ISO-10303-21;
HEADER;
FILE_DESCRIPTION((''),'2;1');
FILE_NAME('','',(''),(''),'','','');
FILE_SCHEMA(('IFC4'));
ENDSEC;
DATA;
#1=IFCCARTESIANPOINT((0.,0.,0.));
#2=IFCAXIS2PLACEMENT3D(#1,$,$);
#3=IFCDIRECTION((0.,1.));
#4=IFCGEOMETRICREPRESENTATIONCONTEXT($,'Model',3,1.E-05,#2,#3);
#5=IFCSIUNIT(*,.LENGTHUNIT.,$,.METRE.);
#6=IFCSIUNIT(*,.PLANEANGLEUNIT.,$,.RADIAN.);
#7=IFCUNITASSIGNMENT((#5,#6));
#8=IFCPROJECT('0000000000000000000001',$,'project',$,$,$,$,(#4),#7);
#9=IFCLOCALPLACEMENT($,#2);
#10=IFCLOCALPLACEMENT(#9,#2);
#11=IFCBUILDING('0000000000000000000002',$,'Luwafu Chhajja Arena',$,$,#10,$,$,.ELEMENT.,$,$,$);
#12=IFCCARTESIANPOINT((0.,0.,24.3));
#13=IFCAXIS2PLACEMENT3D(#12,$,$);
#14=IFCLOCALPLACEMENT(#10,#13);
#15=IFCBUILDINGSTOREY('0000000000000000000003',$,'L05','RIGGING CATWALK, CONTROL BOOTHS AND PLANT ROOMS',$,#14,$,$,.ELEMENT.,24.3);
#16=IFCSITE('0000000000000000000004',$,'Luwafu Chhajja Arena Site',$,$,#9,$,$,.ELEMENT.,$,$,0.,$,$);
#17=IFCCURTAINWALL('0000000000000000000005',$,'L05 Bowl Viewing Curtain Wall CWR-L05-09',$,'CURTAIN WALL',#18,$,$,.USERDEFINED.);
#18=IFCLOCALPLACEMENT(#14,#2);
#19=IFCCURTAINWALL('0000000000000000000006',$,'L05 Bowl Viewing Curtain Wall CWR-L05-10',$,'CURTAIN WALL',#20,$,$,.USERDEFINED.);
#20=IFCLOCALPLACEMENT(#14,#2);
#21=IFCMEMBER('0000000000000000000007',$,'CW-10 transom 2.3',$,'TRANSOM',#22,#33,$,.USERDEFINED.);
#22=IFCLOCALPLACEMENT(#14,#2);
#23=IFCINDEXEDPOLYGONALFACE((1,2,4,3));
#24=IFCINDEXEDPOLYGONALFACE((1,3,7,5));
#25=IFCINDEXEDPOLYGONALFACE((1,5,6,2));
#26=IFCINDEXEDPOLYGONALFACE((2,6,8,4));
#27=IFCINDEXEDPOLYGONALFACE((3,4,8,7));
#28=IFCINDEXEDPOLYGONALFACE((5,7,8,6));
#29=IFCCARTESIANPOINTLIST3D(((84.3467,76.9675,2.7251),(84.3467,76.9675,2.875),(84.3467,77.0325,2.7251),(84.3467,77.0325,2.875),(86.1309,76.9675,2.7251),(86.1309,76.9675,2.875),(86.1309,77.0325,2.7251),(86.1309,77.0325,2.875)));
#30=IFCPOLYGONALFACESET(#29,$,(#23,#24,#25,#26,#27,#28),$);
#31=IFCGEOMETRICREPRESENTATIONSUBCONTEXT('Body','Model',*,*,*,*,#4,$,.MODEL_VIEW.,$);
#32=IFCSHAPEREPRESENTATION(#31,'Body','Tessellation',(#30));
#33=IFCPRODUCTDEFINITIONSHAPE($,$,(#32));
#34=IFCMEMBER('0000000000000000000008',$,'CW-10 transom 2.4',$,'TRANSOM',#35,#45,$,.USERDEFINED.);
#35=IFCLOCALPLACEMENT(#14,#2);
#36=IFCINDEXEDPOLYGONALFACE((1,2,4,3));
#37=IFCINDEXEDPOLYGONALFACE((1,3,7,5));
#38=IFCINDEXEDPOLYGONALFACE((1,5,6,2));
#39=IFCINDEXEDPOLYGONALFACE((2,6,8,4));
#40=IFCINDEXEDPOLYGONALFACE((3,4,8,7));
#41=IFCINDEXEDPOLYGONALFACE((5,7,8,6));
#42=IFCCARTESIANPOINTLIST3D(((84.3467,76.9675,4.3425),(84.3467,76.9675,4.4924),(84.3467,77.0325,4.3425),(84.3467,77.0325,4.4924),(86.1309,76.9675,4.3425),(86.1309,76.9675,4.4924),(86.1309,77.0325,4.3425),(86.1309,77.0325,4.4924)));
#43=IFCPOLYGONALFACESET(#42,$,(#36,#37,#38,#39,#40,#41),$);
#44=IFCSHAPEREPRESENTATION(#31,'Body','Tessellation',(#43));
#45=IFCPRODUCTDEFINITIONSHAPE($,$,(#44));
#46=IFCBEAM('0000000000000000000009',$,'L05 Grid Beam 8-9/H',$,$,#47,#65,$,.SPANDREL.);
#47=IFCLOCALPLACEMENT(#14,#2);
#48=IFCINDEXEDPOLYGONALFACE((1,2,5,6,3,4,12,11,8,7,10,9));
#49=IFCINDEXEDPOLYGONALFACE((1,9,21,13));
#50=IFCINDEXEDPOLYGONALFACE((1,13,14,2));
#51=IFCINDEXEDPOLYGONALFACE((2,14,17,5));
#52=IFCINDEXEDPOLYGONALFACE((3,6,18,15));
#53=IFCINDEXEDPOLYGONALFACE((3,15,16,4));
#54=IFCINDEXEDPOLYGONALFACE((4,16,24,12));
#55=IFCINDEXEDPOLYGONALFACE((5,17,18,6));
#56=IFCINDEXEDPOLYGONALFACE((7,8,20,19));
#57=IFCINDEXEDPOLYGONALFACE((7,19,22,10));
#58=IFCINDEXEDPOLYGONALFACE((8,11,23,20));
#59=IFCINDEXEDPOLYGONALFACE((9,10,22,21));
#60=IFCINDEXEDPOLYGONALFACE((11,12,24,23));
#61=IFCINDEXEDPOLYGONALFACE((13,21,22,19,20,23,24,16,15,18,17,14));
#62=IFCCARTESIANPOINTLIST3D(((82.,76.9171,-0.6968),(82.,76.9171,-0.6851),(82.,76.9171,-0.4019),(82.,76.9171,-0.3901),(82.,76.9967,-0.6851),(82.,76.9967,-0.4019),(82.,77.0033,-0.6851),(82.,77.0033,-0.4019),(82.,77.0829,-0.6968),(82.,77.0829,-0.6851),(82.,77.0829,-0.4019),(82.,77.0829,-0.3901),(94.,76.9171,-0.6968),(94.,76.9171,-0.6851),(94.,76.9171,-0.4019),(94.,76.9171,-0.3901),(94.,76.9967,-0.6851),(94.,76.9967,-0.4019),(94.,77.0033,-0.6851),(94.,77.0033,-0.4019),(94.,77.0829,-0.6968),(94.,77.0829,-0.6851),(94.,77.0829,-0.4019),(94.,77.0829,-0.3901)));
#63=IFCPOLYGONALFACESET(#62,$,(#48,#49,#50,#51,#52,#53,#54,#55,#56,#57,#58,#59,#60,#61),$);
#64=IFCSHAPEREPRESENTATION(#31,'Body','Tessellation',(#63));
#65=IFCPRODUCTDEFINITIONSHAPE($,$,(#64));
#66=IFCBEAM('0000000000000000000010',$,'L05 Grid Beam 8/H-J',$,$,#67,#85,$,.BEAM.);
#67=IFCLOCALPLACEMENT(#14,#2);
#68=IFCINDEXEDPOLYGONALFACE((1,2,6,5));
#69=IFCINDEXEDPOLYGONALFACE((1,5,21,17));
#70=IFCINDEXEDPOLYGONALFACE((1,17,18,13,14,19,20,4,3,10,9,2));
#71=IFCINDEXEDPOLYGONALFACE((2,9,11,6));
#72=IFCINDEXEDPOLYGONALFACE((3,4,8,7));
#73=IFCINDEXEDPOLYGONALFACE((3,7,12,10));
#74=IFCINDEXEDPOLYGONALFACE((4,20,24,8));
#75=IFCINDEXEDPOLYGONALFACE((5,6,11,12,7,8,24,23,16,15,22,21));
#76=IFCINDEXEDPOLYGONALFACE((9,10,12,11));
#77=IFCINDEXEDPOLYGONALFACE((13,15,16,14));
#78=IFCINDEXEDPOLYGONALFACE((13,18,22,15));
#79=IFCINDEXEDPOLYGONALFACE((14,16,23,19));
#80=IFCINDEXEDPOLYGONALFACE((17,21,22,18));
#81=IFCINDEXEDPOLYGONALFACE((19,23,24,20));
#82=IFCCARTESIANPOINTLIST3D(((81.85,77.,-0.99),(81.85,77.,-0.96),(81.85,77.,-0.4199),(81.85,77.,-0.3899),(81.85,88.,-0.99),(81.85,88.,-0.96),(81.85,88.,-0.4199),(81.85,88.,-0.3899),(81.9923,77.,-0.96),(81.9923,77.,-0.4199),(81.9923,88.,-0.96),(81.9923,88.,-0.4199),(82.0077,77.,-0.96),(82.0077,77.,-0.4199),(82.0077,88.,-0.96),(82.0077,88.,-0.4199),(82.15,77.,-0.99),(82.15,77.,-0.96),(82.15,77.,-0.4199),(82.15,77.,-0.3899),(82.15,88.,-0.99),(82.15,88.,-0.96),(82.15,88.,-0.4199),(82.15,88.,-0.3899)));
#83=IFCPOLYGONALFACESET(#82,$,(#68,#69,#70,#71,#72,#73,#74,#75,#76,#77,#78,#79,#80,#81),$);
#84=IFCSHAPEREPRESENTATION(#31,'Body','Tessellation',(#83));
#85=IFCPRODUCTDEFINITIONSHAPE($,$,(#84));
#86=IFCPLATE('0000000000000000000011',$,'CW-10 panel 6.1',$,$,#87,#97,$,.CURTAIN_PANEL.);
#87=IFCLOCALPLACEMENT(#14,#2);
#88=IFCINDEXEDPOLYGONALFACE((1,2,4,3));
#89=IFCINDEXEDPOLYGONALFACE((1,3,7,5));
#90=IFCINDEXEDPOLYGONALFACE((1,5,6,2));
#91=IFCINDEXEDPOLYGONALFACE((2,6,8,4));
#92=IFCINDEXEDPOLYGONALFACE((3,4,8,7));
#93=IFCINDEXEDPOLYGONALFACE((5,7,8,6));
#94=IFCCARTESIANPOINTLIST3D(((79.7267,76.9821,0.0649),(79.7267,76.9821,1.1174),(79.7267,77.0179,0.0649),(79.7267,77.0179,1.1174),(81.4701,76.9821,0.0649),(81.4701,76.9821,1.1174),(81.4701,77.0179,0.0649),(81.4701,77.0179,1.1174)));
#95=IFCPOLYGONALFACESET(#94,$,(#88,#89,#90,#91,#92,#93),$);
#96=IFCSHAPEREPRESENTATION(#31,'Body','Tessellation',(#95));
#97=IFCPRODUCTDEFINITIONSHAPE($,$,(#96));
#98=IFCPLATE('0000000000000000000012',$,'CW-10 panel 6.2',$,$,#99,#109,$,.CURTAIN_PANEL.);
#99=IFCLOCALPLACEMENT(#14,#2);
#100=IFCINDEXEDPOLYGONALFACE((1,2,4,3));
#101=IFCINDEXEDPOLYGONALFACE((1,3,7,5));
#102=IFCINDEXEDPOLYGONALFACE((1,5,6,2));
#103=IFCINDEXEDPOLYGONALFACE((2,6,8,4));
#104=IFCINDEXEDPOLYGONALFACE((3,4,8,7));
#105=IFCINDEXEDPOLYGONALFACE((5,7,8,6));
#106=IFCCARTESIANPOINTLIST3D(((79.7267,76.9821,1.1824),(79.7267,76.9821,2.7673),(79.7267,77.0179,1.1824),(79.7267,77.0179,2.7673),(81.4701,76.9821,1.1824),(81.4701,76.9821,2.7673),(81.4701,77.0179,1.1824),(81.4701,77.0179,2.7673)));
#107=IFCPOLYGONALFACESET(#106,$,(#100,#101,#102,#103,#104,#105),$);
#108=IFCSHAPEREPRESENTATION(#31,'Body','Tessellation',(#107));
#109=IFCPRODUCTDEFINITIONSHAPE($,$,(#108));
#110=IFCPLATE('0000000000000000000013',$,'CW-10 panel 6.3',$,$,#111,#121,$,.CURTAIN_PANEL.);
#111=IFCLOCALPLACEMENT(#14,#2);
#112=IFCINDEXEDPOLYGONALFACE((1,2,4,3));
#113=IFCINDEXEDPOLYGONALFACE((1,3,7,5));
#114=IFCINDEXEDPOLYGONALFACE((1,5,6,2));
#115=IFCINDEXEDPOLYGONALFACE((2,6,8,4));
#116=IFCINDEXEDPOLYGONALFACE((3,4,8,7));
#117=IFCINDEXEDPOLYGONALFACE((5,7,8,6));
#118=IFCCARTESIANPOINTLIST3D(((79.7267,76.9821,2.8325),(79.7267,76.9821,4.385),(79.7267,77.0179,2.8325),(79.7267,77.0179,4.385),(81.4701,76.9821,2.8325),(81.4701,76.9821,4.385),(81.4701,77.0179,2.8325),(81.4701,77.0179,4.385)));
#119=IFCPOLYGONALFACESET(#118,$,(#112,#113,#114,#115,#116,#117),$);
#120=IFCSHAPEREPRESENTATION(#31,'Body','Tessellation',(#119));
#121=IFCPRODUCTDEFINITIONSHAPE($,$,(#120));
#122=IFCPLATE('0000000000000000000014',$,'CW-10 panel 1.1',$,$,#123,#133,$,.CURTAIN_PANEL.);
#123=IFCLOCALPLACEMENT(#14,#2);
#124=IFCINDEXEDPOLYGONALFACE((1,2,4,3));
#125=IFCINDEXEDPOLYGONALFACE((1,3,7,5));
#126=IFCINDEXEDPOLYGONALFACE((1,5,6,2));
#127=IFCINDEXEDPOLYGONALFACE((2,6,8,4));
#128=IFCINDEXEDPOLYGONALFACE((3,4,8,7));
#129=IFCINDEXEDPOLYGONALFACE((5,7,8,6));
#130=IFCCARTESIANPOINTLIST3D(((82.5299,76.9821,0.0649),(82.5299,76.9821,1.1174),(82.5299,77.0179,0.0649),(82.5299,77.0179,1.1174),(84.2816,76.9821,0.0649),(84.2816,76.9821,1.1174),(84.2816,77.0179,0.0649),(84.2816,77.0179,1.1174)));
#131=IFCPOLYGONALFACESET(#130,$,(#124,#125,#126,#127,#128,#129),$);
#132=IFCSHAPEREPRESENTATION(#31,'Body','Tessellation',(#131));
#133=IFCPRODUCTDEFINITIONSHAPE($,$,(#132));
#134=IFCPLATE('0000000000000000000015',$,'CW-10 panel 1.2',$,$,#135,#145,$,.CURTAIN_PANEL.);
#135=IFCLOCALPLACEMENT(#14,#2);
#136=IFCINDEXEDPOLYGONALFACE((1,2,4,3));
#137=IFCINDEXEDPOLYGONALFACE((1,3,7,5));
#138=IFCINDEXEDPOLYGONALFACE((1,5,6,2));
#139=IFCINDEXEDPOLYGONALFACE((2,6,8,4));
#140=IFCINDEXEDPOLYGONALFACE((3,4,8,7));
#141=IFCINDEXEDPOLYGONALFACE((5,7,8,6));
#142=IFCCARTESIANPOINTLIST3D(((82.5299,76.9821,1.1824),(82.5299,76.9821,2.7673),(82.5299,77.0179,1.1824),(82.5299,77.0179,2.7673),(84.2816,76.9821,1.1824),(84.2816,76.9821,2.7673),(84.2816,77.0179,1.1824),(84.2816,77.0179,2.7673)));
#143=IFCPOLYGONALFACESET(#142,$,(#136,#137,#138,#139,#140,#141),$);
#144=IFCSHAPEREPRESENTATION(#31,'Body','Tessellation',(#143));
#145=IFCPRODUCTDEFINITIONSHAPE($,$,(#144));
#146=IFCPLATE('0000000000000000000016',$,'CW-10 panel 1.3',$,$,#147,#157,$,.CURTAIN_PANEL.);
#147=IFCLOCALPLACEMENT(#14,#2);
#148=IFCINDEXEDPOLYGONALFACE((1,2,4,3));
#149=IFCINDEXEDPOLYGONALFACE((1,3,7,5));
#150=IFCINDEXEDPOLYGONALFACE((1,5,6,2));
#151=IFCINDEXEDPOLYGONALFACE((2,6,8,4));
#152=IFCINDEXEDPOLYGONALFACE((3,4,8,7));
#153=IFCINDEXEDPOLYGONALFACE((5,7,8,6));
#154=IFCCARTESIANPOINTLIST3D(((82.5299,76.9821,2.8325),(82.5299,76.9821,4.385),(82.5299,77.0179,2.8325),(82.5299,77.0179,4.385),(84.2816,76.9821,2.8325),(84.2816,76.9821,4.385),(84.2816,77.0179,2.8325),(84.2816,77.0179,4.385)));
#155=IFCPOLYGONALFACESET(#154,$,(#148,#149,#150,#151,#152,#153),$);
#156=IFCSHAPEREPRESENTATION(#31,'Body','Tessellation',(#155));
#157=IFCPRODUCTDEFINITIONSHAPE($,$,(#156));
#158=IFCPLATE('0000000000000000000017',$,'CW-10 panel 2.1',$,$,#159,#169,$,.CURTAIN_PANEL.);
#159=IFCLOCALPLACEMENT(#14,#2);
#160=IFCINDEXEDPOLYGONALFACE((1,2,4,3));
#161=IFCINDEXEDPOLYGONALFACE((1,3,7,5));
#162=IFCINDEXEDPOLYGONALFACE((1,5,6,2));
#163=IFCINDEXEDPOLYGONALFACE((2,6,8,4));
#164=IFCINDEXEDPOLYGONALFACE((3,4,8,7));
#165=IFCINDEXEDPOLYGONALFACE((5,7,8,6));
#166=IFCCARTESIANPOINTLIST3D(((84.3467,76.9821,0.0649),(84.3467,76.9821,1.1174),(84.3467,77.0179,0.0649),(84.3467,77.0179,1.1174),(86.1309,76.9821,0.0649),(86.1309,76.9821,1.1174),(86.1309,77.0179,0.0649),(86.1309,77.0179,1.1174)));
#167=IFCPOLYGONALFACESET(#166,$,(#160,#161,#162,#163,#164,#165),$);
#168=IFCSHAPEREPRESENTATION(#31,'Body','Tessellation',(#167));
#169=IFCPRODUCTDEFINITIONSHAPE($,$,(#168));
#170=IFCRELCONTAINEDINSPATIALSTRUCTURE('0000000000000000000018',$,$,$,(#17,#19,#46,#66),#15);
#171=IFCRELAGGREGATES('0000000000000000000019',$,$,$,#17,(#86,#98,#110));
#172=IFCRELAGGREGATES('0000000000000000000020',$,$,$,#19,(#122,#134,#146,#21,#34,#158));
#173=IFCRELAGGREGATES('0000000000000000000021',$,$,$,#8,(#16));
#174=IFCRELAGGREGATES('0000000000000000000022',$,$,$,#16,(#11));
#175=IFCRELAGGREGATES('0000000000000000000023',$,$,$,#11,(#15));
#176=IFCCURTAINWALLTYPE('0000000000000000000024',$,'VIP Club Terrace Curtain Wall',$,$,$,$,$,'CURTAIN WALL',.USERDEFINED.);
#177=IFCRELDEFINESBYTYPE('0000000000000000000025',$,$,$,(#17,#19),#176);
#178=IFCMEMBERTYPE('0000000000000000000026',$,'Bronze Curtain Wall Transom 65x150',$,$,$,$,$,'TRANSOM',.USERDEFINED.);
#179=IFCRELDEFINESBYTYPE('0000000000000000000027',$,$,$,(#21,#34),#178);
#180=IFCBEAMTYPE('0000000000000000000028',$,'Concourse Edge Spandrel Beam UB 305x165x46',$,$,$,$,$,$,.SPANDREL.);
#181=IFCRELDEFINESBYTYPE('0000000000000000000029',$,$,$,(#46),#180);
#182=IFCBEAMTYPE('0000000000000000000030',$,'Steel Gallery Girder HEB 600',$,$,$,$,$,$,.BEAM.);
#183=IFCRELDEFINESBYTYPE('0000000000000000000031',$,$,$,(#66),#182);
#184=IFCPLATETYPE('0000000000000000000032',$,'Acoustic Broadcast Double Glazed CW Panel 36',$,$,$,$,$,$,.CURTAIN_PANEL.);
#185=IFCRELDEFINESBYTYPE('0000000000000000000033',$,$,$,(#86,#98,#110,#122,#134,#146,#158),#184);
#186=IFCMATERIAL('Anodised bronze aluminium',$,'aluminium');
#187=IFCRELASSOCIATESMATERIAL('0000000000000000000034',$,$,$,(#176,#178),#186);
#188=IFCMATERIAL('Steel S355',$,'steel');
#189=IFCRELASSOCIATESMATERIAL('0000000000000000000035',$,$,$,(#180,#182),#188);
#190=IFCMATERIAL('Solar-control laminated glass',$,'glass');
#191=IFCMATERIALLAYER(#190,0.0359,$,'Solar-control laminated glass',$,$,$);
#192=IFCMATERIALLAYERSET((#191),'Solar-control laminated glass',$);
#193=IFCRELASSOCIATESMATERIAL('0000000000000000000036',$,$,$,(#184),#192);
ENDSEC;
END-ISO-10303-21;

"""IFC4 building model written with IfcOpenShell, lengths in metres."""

from ifc_helpers import new_model, si_unit, direction, frame, origin, origin_2d, place, context, subcontext, project, spatial, rectangle, i_section, extrude, material, layer, layer_set, material_profile, profile_set, type_object, element, aggregate, save


model = new_model("IFC4")

# Units and contexts
model_context = context("Model", 3, precision=1e-05, world=origin(), true_north=direction((0.0, 1.0)))
body_context = subcontext(model_context, "Body", "Model", "MODEL_VIEW")
ifc_project = project(units=[si_unit("LENGTHUNIT", "METRE"), si_unit("PLANEANGLEUNIT", "RADIAN")], contexts=[model_context])

# Site, building, storey
site_placement = place(None, origin())
site = spatial("IfcSite", under=ifc_project, at=site_placement, Name="Luwafu Chhajja Arena Site", CompositionType="ELEMENT", RefElevation=0.0)
building_placement = place(site_placement, origin())
building = spatial("IfcBuilding", under=site, at=building_placement, Name="Luwafu Chhajja Arena", CompositionType="ELEMENT")
storey_placement = place(building_placement, frame((0.0, 0.0, 24.3)))
storey = spatial("IfcBuildingStorey", under=building, at=storey_placement, Name="L05", Description="RIGGING CATWALK, CONTROL BOOTHS AND PLANT ROOMS", CompositionType="ELEMENT", Elevation=24.3)

# Curtain wall
ifc_material_1 = material(Name="Anodised bronze aluminium", Category="aluminium")
curtain_wall_type = type_object("IfcCurtainWallType", Name="VIP Club Terrace Curtain Wall", ElementType="CURTAIN WALL", PredefinedType="USERDEFINED", material=ifc_material_1)
curtain_wall_1_placement = place(storey_placement, origin())
curtain_wall_1 = element("IfcCurtainWall", 1, at=curtain_wall_1_placement, inside=storey, type_object=curtain_wall_type, Name="L05 Bowl Viewing Curtain Wall CWR-L05-09", ObjectType="CURTAIN WALL", PredefinedType="USERDEFINED")

# Curtain wall
curtain_wall_2_placement = place(storey_placement, origin())
curtain_wall_2 = element("IfcCurtainWall", 2, at=curtain_wall_2_placement, inside=storey, type_object=curtain_wall_type, Name="L05 Bowl Viewing Curtain Wall CWR-L05-10", ObjectType="CURTAIN WALL", PredefinedType="USERDEFINED")

# Members
ifc_material_profile_1 = material_profile(ifc_material_1, rectangle(XDim=0.0649, YDim=0.1499, at=origin_2d()), Name="CWT 65x150")
ifc_profile_set_1 = profile_set([ifc_material_profile_1], Name="Anodised bronze aluminium")
member_type_1 = type_object("IfcMemberType", Name="Bronze Curtain Wall Transom 65x150", ElementType="TRANSOM", PredefinedType="USERDEFINED", material=ifc_profile_set_1)
member_1_placement = place(storey_placement, frame((84.3467, 77.0, 2.8), z_axis=(1.0, 0.0, 0.0), x_axis=(0.0, 1.0, 0.0)))
member_1 = element("IfcMember", 3, at=member_1_placement, type_object=member_type_1, Name="CW-10 transom 2.3", ObjectType="TRANSOM", PredefinedType="USERDEFINED", context=body_context, shape_type="SweptSolid", body=[
    extrude(rectangle(XDim=0.0649, YDim=0.1499, at=origin_2d()), origin(), (0.0, 0.0, 1.0), 1.7842),
])
member_2_placement = place(storey_placement, frame((84.3467, 77.0, 4.4175), z_axis=(1.0, 0.0, 0.0), x_axis=(0.0, 1.0, 0.0)))
member_2 = element("IfcMember", 4, at=member_2_placement, type_object=member_type_1, Name="CW-10 transom 2.4", ObjectType="TRANSOM", PredefinedType="USERDEFINED", context=body_context, shape_type="SweptSolid", body=[
    extrude(rectangle(XDim=0.0649, YDim=0.1499, at=origin_2d()), origin(), (0.0, 0.0, 1.0), 1.7842),
])

# Beams
ifc_material_2 = material(Name="Steel S355", Category="steel")
ifc_material_profile_2 = material_profile(ifc_material_2, i_section(OverallWidth=0.1658, OverallDepth=0.3066, WebThickness=0.0066, FlangeThickness=0.0117, at=origin_2d()), Name="UB 305x165x46")
ifc_profile_set_2 = profile_set([ifc_material_profile_2], Name="Steel S355")
beam_type_1 = type_object("IfcBeamType", Name="Concourse Edge Spandrel Beam UB 305x165x46", PredefinedType="SPANDREL", material=ifc_profile_set_2)
beam_1_placement = place(storey_placement, frame((82.0, 77.0, -0.5435), z_axis=(1.0, 0.0, 0.0), x_axis=(0.0, 1.0, 0.0)))
element("IfcBeam", 5, at=beam_1_placement, inside=storey, type_object=beam_type_1, Name="L05 Grid Beam 8-9/H", PredefinedType="SPANDREL", context=body_context, shape_type="SweptSolid", body=[
    extrude(i_section(OverallWidth=0.1658, OverallDepth=0.3066, WebThickness=0.0066, FlangeThickness=0.0117, at=origin_2d()), origin(), (0.0, 0.0, 1.0), 12.0),
])
ifc_material_profile_3 = material_profile(ifc_material_2, i_section(OverallWidth=0.3, OverallDepth=0.6001, WebThickness=0.0154, FlangeThickness=0.03, at=origin_2d()), Name="HEB 600")
ifc_profile_set_3 = profile_set([ifc_material_profile_3], Name="Steel S355")
beam_type_2 = type_object("IfcBeamType", Name="Steel Gallery Girder HEB 600", PredefinedType="BEAM", material=ifc_profile_set_3)
beam_2_placement = place(storey_placement, frame((82.0, 77.0, -0.6899), z_axis=(0.0, 1.0, 0.0), x_axis=(-1.0, 0.0, 0.0)))
element("IfcBeam", 6, at=beam_2_placement, inside=storey, type_object=beam_type_2, Name="L05 Grid Beam 8/H-J", PredefinedType="BEAM", context=body_context, shape_type="SweptSolid", body=[
    extrude(i_section(OverallWidth=0.3, OverallDepth=0.6001, WebThickness=0.0154, FlangeThickness=0.03, at=origin_2d()), origin(), (0.0, 0.0, 1.0), 11.0),
])

# Plates
ifc_material_3 = material(Name="Solar-control laminated glass", Category="glass")
ifc_layer = layer(ifc_material_3, 0.0359, Name="Solar-control laminated glass")
ifc_layer_set = layer_set([ifc_layer], Name="Solar-control laminated glass")
plate_type = type_object("IfcPlateType", Name="Acoustic Broadcast Double Glazed CW Panel 36", PredefinedType="CURTAIN_PANEL", material=ifc_layer_set)
plate_1_placement = place(storey_placement, frame((80.5984, 77.0, 0.0649), z_axis=(0.0, 0.0, 1.0), x_axis=(1.0, 0.0, 0.0)))
plate_1 = element("IfcPlate", 7, at=plate_1_placement, type_object=plate_type, Name="CW-10 panel 6.1", PredefinedType="CURTAIN_PANEL", context=body_context, shape_type="SweptSolid", body=[
    extrude(rectangle(XDim=1.7434, YDim=0.0359, at=origin_2d()), origin(), (0.0, 0.0, 1.0), 1.0525),
])
plate_2_placement = place(storey_placement, frame((80.5984, 77.0, 1.1824), z_axis=(0.0, 0.0, 1.0), x_axis=(1.0, 0.0, 0.0)))
plate_2 = element("IfcPlate", 8, at=plate_2_placement, type_object=plate_type, Name="CW-10 panel 6.2", PredefinedType="CURTAIN_PANEL", context=body_context, shape_type="SweptSolid", body=[
    extrude(rectangle(XDim=1.7434, YDim=0.0359, at=origin_2d()), origin(), (0.0, 0.0, 1.0), 1.585),
])
plate_3_placement = place(storey_placement, frame((80.5984, 77.0, 2.8325), z_axis=(0.0, 0.0, 1.0), x_axis=(1.0, 0.0, 0.0)))
plate_3 = element("IfcPlate", 9, at=plate_3_placement, type_object=plate_type, Name="CW-10 panel 6.3", PredefinedType="CURTAIN_PANEL", context=body_context, shape_type="SweptSolid", body=[
    extrude(rectangle(XDim=1.7434, YDim=0.0359, at=origin_2d()), origin(), (0.0, 0.0, 1.0), 1.5525),
])
aggregate(curtain_wall_1, [plate_1, plate_2, plate_3])
plate_4_placement = place(storey_placement, frame((83.4058, 77.0, 0.0649), z_axis=(0.0, 0.0, 1.0), x_axis=(1.0, 0.0, 0.0)))
plate_4 = element("IfcPlate", 10, at=plate_4_placement, type_object=plate_type, Name="CW-10 panel 1.1", PredefinedType="CURTAIN_PANEL", context=body_context, shape_type="SweptSolid", body=[
    extrude(rectangle(XDim=1.7517, YDim=0.0359, at=origin_2d()), origin(), (0.0, 0.0, 1.0), 1.0525),
])
plate_5_placement = place(storey_placement, frame((83.4058, 77.0, 1.1824), z_axis=(0.0, 0.0, 1.0), x_axis=(1.0, 0.0, 0.0)))
plate_5 = element("IfcPlate", 11, at=plate_5_placement, type_object=plate_type, Name="CW-10 panel 1.2", PredefinedType="CURTAIN_PANEL", context=body_context, shape_type="SweptSolid", body=[
    extrude(rectangle(XDim=1.7517, YDim=0.0359, at=origin_2d()), origin(), (0.0, 0.0, 1.0), 1.585),
])
plate_6_placement = place(storey_placement, frame((83.4058, 77.0, 2.8325), z_axis=(0.0, 0.0, 1.0), x_axis=(1.0, 0.0, 0.0)))
plate_6 = element("IfcPlate", 12, at=plate_6_placement, type_object=plate_type, Name="CW-10 panel 1.3", PredefinedType="CURTAIN_PANEL", context=body_context, shape_type="SweptSolid", body=[
    extrude(rectangle(XDim=1.7517, YDim=0.0359, at=origin_2d()), origin(), (0.0, 0.0, 1.0), 1.5525),
])
plate_7_placement = place(storey_placement, frame((85.2388, 77.0, 0.0649), z_axis=(0.0, 0.0, 1.0), x_axis=(1.0, 0.0, 0.0)))
plate_7 = element("IfcPlate", 13, at=plate_7_placement, type_object=plate_type, Name="CW-10 panel 2.1", PredefinedType="CURTAIN_PANEL", context=body_context, shape_type="SweptSolid", body=[
    extrude(rectangle(XDim=1.7842, YDim=0.0359, at=origin_2d()), origin(), (0.0, 0.0, 1.0), 1.0525),
])
aggregate(curtain_wall_2, [plate_4, plate_5, plate_6, member_1, member_2, plate_7])

save(model, "model.ifc")
